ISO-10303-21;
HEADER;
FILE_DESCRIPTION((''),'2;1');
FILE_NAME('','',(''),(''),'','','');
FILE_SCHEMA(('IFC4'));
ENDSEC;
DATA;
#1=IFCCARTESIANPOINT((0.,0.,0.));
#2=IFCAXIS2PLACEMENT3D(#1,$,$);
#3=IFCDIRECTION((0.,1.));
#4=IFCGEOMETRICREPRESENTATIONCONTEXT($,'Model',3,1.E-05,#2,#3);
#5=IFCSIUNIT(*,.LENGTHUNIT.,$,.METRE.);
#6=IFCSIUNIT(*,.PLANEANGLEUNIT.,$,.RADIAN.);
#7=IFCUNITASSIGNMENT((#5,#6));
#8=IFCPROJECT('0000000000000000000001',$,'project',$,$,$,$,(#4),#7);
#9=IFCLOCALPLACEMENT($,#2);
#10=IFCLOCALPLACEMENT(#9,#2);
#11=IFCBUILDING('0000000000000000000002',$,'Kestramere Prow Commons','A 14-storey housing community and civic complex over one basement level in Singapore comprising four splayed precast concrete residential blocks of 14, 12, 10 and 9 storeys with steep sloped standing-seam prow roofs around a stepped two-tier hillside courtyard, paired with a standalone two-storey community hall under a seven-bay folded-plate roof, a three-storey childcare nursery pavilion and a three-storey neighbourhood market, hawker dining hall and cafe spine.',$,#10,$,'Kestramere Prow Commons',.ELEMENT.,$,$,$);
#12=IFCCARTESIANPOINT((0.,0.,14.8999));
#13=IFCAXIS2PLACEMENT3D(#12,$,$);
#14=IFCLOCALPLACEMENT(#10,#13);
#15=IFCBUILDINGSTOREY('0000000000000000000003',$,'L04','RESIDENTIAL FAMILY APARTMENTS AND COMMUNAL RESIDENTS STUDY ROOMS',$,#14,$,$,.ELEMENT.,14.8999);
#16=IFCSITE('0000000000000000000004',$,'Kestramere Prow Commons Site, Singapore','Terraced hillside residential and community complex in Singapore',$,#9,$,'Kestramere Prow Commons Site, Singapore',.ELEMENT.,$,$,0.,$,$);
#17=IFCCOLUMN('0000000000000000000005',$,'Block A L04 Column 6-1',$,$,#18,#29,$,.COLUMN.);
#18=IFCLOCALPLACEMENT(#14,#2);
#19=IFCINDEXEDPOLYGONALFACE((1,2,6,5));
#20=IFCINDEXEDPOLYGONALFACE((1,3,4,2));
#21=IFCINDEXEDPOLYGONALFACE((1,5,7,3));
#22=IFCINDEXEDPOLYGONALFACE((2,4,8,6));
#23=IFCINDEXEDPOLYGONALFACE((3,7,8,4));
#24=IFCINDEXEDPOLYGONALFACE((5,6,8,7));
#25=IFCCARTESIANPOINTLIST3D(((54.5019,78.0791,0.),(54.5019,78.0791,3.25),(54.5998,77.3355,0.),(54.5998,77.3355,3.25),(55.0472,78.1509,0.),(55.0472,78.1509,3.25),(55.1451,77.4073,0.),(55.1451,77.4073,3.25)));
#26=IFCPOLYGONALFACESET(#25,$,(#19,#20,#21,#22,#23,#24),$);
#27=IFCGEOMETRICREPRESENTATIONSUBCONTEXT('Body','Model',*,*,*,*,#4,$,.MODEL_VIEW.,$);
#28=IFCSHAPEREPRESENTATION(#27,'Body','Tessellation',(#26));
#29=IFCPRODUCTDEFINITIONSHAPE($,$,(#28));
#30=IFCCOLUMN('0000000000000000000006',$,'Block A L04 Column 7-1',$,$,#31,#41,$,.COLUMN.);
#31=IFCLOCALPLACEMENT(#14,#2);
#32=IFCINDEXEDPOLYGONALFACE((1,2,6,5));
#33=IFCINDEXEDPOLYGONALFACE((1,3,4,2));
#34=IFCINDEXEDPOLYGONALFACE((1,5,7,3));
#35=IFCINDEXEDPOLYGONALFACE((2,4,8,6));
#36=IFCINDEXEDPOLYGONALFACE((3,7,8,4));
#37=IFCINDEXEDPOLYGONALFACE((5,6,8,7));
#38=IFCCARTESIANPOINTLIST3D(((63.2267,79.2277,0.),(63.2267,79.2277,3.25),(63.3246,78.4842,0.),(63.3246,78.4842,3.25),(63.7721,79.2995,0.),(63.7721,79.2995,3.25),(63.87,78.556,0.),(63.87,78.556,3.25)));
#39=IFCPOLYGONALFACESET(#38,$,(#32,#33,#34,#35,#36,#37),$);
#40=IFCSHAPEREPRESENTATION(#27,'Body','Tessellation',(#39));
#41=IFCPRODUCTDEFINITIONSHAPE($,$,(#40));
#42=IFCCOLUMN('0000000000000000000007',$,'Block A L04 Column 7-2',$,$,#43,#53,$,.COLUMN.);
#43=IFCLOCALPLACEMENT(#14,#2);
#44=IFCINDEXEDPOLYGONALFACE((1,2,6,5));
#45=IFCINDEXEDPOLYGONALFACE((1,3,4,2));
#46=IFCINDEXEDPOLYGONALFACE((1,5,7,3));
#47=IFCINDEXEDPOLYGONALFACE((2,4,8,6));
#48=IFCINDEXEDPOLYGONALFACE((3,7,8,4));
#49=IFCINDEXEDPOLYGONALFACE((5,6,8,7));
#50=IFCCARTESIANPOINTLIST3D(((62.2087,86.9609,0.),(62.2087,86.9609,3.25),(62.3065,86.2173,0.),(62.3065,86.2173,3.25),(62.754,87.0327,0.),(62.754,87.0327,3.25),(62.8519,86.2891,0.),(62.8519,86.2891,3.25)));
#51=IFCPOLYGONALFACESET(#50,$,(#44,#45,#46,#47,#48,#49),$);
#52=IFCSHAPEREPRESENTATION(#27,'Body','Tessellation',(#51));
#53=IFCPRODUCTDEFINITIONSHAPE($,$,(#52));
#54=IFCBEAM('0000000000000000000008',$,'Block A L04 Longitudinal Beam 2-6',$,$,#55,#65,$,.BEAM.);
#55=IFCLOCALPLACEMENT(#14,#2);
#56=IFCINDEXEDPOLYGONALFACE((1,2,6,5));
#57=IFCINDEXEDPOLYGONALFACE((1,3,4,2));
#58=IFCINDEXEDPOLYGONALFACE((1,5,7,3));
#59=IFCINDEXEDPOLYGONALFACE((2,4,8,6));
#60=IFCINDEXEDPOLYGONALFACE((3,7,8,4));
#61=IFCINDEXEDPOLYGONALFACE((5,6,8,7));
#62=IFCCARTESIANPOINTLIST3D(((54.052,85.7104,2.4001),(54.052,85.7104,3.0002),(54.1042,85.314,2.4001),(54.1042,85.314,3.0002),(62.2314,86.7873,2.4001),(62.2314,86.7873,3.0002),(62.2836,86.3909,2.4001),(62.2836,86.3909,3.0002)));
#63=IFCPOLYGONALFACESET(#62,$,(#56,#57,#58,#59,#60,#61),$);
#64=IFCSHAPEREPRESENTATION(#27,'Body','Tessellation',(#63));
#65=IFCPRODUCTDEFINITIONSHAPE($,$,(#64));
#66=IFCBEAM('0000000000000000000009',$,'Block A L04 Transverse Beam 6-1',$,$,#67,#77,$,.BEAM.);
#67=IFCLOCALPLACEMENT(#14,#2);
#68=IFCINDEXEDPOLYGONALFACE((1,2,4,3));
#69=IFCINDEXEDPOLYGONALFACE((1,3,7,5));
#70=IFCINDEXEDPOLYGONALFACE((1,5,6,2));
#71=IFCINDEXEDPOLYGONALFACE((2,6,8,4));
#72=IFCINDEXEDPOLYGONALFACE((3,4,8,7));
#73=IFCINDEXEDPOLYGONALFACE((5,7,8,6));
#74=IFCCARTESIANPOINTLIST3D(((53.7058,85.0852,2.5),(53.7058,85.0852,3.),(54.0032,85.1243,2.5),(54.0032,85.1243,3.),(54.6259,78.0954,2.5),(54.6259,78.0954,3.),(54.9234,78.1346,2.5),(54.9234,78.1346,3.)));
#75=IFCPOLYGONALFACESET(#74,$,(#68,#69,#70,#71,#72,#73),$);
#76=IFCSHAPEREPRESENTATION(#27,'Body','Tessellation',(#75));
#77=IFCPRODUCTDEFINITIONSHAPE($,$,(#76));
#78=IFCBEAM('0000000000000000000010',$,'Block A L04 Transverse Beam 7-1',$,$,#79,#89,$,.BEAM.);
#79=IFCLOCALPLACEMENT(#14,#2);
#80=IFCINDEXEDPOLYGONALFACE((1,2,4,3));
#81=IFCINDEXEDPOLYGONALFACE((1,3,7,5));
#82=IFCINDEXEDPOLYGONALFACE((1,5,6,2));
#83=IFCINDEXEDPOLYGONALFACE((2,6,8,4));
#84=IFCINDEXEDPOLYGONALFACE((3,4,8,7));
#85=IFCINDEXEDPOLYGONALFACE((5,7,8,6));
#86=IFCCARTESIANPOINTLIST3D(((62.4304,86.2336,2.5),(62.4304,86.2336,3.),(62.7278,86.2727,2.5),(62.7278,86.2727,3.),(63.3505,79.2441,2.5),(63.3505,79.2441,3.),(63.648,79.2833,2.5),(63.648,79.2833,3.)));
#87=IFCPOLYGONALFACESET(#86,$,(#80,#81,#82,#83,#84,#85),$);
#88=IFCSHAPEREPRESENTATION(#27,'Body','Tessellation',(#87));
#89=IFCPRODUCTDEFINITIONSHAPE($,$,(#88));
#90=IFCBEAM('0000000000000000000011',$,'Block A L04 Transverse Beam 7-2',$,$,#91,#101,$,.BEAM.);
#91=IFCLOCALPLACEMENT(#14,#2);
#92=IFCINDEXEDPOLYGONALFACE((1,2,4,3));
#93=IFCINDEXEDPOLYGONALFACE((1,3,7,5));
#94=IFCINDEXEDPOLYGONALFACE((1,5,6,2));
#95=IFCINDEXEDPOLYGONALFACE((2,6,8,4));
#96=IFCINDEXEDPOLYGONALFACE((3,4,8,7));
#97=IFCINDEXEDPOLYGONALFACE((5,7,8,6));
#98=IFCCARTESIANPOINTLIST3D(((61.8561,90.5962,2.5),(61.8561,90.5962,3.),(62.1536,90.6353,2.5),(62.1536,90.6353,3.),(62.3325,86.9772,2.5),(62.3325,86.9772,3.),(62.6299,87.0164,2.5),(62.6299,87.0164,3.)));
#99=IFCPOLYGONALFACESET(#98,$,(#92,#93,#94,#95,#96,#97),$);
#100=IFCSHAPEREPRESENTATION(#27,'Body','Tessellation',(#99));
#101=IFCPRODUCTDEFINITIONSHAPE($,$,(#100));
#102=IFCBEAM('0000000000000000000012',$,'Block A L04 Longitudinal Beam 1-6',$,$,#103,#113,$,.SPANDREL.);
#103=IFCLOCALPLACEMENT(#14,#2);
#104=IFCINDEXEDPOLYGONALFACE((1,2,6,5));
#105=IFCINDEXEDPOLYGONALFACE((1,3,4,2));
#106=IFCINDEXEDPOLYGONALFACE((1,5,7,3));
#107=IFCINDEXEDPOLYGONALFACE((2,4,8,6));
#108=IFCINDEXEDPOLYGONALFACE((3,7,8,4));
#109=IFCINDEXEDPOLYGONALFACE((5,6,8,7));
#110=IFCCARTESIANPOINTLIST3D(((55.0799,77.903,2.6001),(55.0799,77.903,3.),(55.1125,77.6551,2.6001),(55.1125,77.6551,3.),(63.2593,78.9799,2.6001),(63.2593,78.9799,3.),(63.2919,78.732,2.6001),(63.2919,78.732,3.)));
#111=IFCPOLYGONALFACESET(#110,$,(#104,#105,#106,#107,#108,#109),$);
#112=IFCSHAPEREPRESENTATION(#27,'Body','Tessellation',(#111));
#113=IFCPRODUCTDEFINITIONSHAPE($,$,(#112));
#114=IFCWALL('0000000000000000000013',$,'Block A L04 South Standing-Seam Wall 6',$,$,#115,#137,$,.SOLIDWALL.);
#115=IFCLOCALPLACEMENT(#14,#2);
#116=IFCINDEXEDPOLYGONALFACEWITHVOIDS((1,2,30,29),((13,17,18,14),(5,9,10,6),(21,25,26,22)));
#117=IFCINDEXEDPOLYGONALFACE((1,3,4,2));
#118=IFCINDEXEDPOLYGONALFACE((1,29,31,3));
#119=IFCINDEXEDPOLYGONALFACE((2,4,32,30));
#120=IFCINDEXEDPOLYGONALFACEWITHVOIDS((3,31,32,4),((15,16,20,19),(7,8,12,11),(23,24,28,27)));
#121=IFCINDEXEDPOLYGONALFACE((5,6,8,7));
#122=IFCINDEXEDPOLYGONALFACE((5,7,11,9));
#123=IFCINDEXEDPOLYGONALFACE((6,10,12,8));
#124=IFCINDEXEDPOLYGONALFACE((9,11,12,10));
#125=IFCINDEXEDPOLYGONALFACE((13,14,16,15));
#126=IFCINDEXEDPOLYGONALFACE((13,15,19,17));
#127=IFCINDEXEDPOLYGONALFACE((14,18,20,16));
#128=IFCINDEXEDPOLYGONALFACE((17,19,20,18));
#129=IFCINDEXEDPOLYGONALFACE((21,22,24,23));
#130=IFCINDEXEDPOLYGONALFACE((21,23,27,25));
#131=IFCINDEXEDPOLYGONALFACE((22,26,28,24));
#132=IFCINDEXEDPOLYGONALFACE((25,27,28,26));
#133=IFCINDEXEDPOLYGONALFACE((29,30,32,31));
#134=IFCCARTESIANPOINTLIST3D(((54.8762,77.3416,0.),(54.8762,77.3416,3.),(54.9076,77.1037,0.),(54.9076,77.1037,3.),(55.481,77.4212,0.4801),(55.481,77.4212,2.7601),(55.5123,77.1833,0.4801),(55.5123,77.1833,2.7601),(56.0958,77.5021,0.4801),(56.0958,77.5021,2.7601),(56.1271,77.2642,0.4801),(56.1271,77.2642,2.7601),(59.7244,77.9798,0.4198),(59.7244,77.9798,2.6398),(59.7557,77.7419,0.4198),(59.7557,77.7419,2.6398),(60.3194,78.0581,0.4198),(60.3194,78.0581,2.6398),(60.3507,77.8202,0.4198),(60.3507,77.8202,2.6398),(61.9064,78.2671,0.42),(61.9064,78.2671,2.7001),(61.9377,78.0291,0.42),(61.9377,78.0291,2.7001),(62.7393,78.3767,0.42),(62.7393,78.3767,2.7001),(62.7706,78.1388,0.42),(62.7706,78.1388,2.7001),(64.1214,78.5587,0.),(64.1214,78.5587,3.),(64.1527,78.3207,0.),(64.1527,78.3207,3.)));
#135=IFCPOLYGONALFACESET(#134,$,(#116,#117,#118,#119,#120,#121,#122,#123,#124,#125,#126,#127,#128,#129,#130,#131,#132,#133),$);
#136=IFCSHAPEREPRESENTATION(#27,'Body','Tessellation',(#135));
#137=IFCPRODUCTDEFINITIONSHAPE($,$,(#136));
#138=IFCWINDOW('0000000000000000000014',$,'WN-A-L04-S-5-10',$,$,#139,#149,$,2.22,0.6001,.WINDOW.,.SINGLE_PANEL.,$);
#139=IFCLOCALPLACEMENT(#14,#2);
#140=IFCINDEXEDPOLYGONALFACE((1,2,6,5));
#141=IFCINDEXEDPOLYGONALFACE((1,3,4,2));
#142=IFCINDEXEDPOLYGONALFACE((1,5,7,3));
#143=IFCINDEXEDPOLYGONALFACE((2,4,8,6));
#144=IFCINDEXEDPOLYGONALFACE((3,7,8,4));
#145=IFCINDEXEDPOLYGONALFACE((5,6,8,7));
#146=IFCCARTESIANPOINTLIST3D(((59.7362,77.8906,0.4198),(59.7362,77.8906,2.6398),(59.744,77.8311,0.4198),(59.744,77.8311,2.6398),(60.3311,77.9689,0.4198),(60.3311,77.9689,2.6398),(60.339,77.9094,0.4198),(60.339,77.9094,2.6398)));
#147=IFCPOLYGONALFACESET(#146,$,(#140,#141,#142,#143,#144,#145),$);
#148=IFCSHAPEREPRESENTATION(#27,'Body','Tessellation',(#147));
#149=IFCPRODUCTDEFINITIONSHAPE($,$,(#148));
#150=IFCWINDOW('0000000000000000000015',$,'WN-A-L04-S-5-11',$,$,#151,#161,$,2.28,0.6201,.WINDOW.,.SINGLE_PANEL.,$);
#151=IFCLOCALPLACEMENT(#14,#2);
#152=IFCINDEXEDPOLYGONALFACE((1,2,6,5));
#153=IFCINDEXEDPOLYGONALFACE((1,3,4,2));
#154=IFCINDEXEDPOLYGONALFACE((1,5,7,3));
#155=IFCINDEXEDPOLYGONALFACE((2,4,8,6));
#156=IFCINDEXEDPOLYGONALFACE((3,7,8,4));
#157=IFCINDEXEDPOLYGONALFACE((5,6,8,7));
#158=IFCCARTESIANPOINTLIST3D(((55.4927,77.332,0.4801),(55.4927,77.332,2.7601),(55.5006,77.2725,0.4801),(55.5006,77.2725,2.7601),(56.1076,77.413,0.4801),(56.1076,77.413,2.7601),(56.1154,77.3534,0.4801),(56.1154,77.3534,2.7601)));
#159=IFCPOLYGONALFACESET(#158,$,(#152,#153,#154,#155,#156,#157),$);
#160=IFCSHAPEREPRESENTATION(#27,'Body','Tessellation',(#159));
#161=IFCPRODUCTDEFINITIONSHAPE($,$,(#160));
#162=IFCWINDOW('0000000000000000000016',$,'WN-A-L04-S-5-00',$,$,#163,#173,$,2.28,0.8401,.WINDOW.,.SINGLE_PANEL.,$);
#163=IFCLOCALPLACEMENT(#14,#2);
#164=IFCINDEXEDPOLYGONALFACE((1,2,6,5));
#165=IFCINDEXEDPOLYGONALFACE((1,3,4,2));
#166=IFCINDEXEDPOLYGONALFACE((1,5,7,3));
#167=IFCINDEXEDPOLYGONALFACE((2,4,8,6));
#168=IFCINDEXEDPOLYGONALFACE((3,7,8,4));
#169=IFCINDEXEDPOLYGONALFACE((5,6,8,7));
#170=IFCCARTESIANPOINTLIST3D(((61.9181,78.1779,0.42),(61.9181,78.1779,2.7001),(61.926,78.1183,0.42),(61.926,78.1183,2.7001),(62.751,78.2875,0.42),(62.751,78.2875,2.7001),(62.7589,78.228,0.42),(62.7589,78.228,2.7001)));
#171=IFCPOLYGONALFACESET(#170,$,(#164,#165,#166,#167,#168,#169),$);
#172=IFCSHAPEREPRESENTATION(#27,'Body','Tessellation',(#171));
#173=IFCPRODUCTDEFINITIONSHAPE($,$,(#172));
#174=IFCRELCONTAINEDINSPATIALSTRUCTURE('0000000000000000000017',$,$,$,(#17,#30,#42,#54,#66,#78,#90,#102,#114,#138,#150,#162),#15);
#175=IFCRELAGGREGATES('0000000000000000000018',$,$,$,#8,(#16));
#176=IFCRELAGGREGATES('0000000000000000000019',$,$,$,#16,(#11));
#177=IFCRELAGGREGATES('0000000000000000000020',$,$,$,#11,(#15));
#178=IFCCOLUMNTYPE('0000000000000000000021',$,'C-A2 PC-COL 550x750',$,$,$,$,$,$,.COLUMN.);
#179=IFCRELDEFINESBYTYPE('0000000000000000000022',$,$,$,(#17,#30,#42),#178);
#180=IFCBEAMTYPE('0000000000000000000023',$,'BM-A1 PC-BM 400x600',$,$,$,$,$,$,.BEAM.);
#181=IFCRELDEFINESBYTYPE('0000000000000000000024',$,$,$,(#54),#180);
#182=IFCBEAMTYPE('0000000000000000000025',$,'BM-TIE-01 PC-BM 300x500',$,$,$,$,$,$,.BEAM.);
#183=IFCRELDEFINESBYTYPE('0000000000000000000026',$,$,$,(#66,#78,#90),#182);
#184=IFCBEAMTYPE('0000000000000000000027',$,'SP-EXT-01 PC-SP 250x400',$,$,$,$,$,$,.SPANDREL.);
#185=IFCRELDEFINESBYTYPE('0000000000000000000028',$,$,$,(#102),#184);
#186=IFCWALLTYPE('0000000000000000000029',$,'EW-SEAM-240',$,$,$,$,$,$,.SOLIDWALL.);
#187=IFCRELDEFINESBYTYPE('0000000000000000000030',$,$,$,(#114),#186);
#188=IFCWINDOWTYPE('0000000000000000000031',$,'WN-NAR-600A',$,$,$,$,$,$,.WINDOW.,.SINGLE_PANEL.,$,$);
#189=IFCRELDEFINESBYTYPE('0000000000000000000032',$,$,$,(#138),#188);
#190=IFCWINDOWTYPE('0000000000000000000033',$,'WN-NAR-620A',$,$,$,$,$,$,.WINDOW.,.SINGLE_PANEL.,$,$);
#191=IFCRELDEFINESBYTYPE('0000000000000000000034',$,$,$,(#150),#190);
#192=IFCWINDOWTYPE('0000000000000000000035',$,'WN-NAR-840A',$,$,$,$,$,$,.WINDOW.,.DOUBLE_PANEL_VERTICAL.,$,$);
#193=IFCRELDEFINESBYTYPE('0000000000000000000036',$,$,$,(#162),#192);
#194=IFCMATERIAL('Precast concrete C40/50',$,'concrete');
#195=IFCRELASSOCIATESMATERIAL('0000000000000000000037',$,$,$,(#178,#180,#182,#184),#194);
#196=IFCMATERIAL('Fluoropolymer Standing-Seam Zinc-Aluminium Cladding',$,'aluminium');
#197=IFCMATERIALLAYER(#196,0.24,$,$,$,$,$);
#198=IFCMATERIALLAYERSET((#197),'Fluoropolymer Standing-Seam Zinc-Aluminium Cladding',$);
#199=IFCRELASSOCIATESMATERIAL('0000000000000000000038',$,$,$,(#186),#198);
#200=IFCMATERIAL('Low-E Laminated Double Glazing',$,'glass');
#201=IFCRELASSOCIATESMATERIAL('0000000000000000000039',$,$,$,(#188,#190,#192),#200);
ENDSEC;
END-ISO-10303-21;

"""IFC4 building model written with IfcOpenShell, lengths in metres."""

from ifc_helpers import new_model, si_unit, direction, frame, frame_2d, origin, origin_2d, place, context, subcontext, project, spatial, rectangle, extrude, material, layer, layer_set, material_profile, profile_set, type_object, element, fill, save


model = new_model("IFC4")

# Units and contexts
model_context = context("Model", 3, precision=1e-05, world=origin(), true_north=direction((0.0, 1.0)))
body_context = subcontext(model_context, "Body", "Model", "MODEL_VIEW")
ifc_project = project(units=[si_unit("LENGTHUNIT", "METRE"), si_unit("PLANEANGLEUNIT", "RADIAN")], contexts=[model_context])

# Site, building, storey
site_placement = place(None, origin())
site = spatial("IfcSite", under=ifc_project, at=site_placement, Name="Kestramere Prow Commons Site, Singapore", Description="Terraced hillside residential and community complex in Singapore", LongName="Kestramere Prow Commons Site, Singapore", CompositionType="ELEMENT", RefElevation=0.0)
building_placement = place(site_placement, origin())
building = spatial("IfcBuilding", under=site, at=building_placement, Name="Kestramere Prow Commons", Description="A 14-storey housing community and civic complex over one basement level in Singapore comprising four splayed precast concrete residential blocks of 14, 12, 10 and 9 storeys with steep sloped standing-seam prow roofs around a stepped two-tier hillside courtyard, paired with a standalone two-storey community hall under a seven-bay folded-plate roof, a three-storey childcare nursery pavilion and a three-storey neighbourhood market, hawker dining hall and cafe spine.", LongName="Kestramere Prow Commons", CompositionType="ELEMENT")
storey_placement = place(building_placement, frame((0.0, 0.0, 14.8999)))
storey = spatial("IfcBuildingStorey", under=building, at=storey_placement, Name="L04", Description="RESIDENTIAL FAMILY APARTMENTS AND COMMUNAL RESIDENTS STUDY ROOMS", CompositionType="ELEMENT", Elevation=14.8999)

# Columns
ifc_material_1 = material(Name="Precast concrete C40/50", Category="concrete")
ifc_material_profile_1 = material_profile(ifc_material_1, rectangle(XDim=0.55, YDim=0.75, at=origin_2d()), Name="PC-COL 550x750")
ifc_profile_set_1 = profile_set([ifc_material_profile_1], Name="Precast concrete C40/50")
column_type = type_object("IfcColumnType", Name="C-A2 PC-COL 550x750", PredefinedType="COLUMN", material=ifc_profile_set_1)
for number, where, z_axis, x_axis, name in (
    (1, (54.8235, 77.7432, 0.0), (0.0, 0.0, 1.0), (0.991445, 0.130526, 0.0), "Block A L04 Column 6-1"),
    (2, (63.5483, 78.8918, 0.0), (0.0, 0.0, 1.0), (0.991445, 0.130526, 0.0), "Block A L04 Column 7-1"),
    (3, (62.5303, 86.625, 0.0), (0.0, 0.0, 1.0), (0.991445, 0.130526, 0.0), "Block A L04 Column 7-2"),
):
    element("IfcColumn", number, at=place(storey_placement, frame(where, z_axis=z_axis, x_axis=x_axis)), inside=storey, type_object=column_type, Name=name, PredefinedType="COLUMN", context=body_context, shape_type="SweptSolid", body=[
        extrude(rectangle(XDim=0.55, YDim=0.75, at=origin_2d()), origin(), (0.0, 0.0, 1.0), 3.25),
    ])

# Beams
ifc_material_profile_2 = material_profile(ifc_material_1, rectangle(XDim=0.3999, YDim=0.6001, at=origin_2d()), Name="PC-BM 400x600")
ifc_profile_set_2 = profile_set([ifc_material_profile_2], Name="Precast concrete C40/50")
beam_type_1 = type_object("IfcBeamType", Name="BM-A1 PC-BM 400x600", PredefinedType="BEAM", material=ifc_profile_set_2)
beam_1_placement = place(storey_placement, frame((54.0781, 85.5122, 2.7002), z_axis=(0.991444, 0.130533, 0.0), x_axis=(-0.130533, 0.991444, 0.0)))
element("IfcBeam", 4, at=beam_1_placement, inside=storey, type_object=beam_type_1, Name="Block A L04 Longitudinal Beam 2-6", PredefinedType="BEAM", context=body_context, shape_type="SweptSolid", body=[
    extrude(rectangle(XDim=0.3999, YDim=0.6001, at=origin_2d()), origin(), (0.0, 0.0, 1.0), 8.25),
])
ifc_material_profile_3 = material_profile(ifc_material_1, rectangle(XDim=0.3, YDim=0.5, at=origin_2d()), Name="PC-BM 300x500")
ifc_profile_set_3 = profile_set([ifc_material_profile_3], Name="Precast concrete C40/50")
beam_type_2 = type_object("IfcBeamType", Name="BM-TIE-01 PC-BM 300x500", PredefinedType="BEAM", material=ifc_profile_set_3)
beam_2_placement = place(storey_placement, frame((54.7747, 78.115, 2.75), z_axis=(-0.130519, 0.991446, 0.0), x_axis=(-0.991446, -0.130519, 0.0)))
element("IfcBeam", 5, at=beam_2_placement, inside=storey, type_object=beam_type_2, Name="Block A L04 Transverse Beam 6-1", PredefinedType="BEAM", context=body_context, shape_type="SweptSolid", body=[
    extrude(rectangle(XDim=0.3, YDim=0.5, at=origin_2d()), origin(), (0.0, 0.0, 1.0), 7.05),
])
beam_3_placement = place(storey_placement, frame((63.4993, 79.2637, 2.75), z_axis=(-0.130523, 0.991445, 0.0), x_axis=(-0.991445, -0.130523, 0.0)))
element("IfcBeam", 6, at=beam_3_placement, inside=storey, type_object=beam_type_2, Name="Block A L04 Transverse Beam 7-1", PredefinedType="BEAM", context=body_context, shape_type="SweptSolid", body=[
    extrude(rectangle(XDim=0.3, YDim=0.5, at=origin_2d()), origin(), (0.0, 0.0, 1.0), 7.0498),
])
beam_4_placement = place(storey_placement, frame((62.4812, 86.9968, 2.75), z_axis=(-0.130494, 0.991449, 0.0), x_axis=(-0.991449, -0.130494, 0.0)))
element("IfcBeam", 7, at=beam_4_placement, inside=storey, type_object=beam_type_2, Name="Block A L04 Transverse Beam 7-2", PredefinedType="BEAM", context=body_context, shape_type="SweptSolid", body=[
    extrude(rectangle(XDim=0.3, YDim=0.5, at=origin_2d()), origin(), (0.0, 0.0, 1.0), 3.6501),
])
ifc_material_profile_4 = material_profile(ifc_material_1, rectangle(XDim=0.25, YDim=0.3999, at=origin_2d()), Name="PC-SP 250x400")
ifc_profile_set_4 = profile_set([ifc_material_profile_4], Name="Precast concrete C40/50")
beam_type_3 = type_object("IfcBeamType", Name="SP-EXT-01 PC-SP 250x400", PredefinedType="SPANDREL", material=ifc_profile_set_4)
beam_5_placement = place(storey_placement, frame((55.0962, 77.7791, 2.8), z_axis=(0.991444, 0.130533, 0.0), x_axis=(-0.130533, 0.991444, 0.0)))
element("IfcBeam", 8, at=beam_5_placement, inside=storey, type_object=beam_type_3, Name="Block A L04 Longitudinal Beam 1-6", PredefinedType="SPANDREL", context=body_context, shape_type="SweptSolid", body=[
    extrude(rectangle(XDim=0.25, YDim=0.3999, at=origin_2d()), origin(), (0.0, 0.0, 1.0), 8.25),
])

# Wall, openings, windows
ifc_material_2 = material(Name="Fluoropolymer Standing-Seam Zinc-Aluminium Cladding", Category="aluminium")
ifc_layer_1 = layer(ifc_material_2, 0.24)
ifc_layer_set_1 = layer_set([ifc_layer_1], Name="Fluoropolymer Standing-Seam Zinc-Aluminium Cladding")
wall_type_1 = type_object("IfcWallType", Name="EW-SEAM-240", PredefinedType="SOLIDWALL", material=ifc_layer_set_1)
wall_1_placement = place(storey_placement, frame((64.1372, 78.4397, 0.0), z_axis=(0.0, 0.0, 1.0), x_axis=(-0.991446, -0.130515, 0.0)))
wall_1 = element("IfcWall", 9, at=wall_1_placement, inside=storey, type_object=wall_type_1, Name="Block A L04 South Standing-Seam Wall 6", PredefinedType="SOLIDWALL", context=body_context, shape_type="SweptSolid", body=[
    extrude(rectangle(XDim=9.325, YDim=0.24, at=frame_2d((4.6626, 0.0))), origin(), (0.0, 0.0, 1.0), 3.0),
])
opening_1_placement = place(wall_1_placement, frame((1.3943, 0.0, 0.4199)))
opening_1 = element("IfcOpeningElement", 10, at=opening_1_placement, cuts=wall_1, PredefinedType="OPENING", context=body_context, shape_type="SweptSolid", body=[
    extrude(rectangle(XDim=0.8401, YDim=2.28, at=frame_2d((0.4199, 1.1401))), frame((0.0, 0.135, 0.0), z_axis=(0.0, -1.0, 0.0), x_axis=(1.0, 0.0, 0.0)), (0.0, 0.0, 1.0), 0.27),
])
opening_2_placement = place(wall_1_placement, frame((3.835, 0.0, 0.4199)))
opening_2 = element("IfcOpeningElement", 11, at=opening_2_placement, cuts=wall_1, PredefinedType="OPENING", context=body_context, shape_type="SweptSolid", body=[
    extrude(rectangle(XDim=0.6001, YDim=2.22, at=frame_2d((0.3, 1.1099))), frame((0.0, 0.135, 0.0), z_axis=(0.0, -1.0, 0.0), x_axis=(1.0, 0.0, 0.0)), (0.0, 0.0, 1.0), 0.27),
])
opening_3_placement = place(wall_1_placement, frame((8.095, 0.0, 0.48)))
opening_3 = element("IfcOpeningElement", 12, at=opening_3_placement, cuts=wall_1, PredefinedType="OPENING", context=body_context, shape_type="SweptSolid", body=[
    extrude(rectangle(XDim=0.6201, YDim=2.28, at=frame_2d((0.3101, 1.1401))), frame((0.0, 0.135, 0.0), z_axis=(0.0, -1.0, 0.0), x_axis=(1.0, 0.0, 0.0)), (0.0, 0.0, 1.0), 0.27),
])
ifc_material_3 = material(Name="Low-E Laminated Double Glazing", Category="glass")
window_type_1 = type_object("IfcWindowType", Name="WN-NAR-600A", PartitioningType="SINGLE_PANEL", PredefinedType="WINDOW", material=ifc_material_3)
window_1_placement = place(opening_2_placement, origin())
window_1 = element("IfcWindow", 13, at=window_1_placement, inside=storey, type_object=window_type_1, Name="WN-A-L04-S-5-10", OverallHeight=2.22, OverallWidth=0.6001, PartitioningType="SINGLE_PANEL", PredefinedType="WINDOW", context=body_context, shape_type="SweptSolid", body=[
    extrude(rectangle(XDim=0.6001, YDim=2.22, at=frame_2d((0.3, 1.1099))), frame((0.0, 0.03, 0.0), z_axis=(0.0, -1.0, 0.0), x_axis=(1.0, 0.0, 0.0)), (0.0, 0.0, 1.0), 0.0601),
])
fill(opening_2, window_1)
window_type_2 = type_object("IfcWindowType", Name="WN-NAR-620A", PartitioningType="SINGLE_PANEL", PredefinedType="WINDOW", material=ifc_material_3)
window_2_placement = place(opening_3_placement, origin())
window_2 = element("IfcWindow", 14, at=window_2_placement, inside=storey, type_object=window_type_2, Name="WN-A-L04-S-5-11", OverallHeight=2.28, OverallWidth=0.6201, PartitioningType="SINGLE_PANEL", PredefinedType="WINDOW", context=body_context, shape_type="SweptSolid", body=[
    extrude(rectangle(XDim=0.6201, YDim=2.28, at=frame_2d((0.3101, 1.1401))), frame((0.0, 0.03, 0.0), z_axis=(0.0, -1.0, 0.0), x_axis=(1.0, 0.0, 0.0)), (0.0, 0.0, 1.0), 0.0601),
])
fill(opening_3, window_2)
window_type_3 = type_object("IfcWindowType", Name="WN-NAR-840A", PartitioningType="DOUBLE_PANEL_VERTICAL", PredefinedType="WINDOW", material=ifc_material_3)
window_3_placement = place(opening_1_placement, origin())
window_3 = element("IfcWindow", 15, at=window_3_placement, inside=storey, type_object=window_type_3, Name="WN-A-L04-S-5-00", OverallHeight=2.28, OverallWidth=0.8401, PartitioningType="SINGLE_PANEL", PredefinedType="WINDOW", context=body_context, shape_type="SweptSolid", body=[
    extrude(rectangle(XDim=0.8401, YDim=2.28, at=frame_2d((0.4199, 1.1401))), frame((0.0, 0.03, 0.0), z_axis=(0.0, -1.0, 0.0), x_axis=(1.0, 0.0, 0.0)), (0.0, 0.0, 1.0), 0.0601),
])
fill(opening_1, window_3)

save(model, "model.ifc")
